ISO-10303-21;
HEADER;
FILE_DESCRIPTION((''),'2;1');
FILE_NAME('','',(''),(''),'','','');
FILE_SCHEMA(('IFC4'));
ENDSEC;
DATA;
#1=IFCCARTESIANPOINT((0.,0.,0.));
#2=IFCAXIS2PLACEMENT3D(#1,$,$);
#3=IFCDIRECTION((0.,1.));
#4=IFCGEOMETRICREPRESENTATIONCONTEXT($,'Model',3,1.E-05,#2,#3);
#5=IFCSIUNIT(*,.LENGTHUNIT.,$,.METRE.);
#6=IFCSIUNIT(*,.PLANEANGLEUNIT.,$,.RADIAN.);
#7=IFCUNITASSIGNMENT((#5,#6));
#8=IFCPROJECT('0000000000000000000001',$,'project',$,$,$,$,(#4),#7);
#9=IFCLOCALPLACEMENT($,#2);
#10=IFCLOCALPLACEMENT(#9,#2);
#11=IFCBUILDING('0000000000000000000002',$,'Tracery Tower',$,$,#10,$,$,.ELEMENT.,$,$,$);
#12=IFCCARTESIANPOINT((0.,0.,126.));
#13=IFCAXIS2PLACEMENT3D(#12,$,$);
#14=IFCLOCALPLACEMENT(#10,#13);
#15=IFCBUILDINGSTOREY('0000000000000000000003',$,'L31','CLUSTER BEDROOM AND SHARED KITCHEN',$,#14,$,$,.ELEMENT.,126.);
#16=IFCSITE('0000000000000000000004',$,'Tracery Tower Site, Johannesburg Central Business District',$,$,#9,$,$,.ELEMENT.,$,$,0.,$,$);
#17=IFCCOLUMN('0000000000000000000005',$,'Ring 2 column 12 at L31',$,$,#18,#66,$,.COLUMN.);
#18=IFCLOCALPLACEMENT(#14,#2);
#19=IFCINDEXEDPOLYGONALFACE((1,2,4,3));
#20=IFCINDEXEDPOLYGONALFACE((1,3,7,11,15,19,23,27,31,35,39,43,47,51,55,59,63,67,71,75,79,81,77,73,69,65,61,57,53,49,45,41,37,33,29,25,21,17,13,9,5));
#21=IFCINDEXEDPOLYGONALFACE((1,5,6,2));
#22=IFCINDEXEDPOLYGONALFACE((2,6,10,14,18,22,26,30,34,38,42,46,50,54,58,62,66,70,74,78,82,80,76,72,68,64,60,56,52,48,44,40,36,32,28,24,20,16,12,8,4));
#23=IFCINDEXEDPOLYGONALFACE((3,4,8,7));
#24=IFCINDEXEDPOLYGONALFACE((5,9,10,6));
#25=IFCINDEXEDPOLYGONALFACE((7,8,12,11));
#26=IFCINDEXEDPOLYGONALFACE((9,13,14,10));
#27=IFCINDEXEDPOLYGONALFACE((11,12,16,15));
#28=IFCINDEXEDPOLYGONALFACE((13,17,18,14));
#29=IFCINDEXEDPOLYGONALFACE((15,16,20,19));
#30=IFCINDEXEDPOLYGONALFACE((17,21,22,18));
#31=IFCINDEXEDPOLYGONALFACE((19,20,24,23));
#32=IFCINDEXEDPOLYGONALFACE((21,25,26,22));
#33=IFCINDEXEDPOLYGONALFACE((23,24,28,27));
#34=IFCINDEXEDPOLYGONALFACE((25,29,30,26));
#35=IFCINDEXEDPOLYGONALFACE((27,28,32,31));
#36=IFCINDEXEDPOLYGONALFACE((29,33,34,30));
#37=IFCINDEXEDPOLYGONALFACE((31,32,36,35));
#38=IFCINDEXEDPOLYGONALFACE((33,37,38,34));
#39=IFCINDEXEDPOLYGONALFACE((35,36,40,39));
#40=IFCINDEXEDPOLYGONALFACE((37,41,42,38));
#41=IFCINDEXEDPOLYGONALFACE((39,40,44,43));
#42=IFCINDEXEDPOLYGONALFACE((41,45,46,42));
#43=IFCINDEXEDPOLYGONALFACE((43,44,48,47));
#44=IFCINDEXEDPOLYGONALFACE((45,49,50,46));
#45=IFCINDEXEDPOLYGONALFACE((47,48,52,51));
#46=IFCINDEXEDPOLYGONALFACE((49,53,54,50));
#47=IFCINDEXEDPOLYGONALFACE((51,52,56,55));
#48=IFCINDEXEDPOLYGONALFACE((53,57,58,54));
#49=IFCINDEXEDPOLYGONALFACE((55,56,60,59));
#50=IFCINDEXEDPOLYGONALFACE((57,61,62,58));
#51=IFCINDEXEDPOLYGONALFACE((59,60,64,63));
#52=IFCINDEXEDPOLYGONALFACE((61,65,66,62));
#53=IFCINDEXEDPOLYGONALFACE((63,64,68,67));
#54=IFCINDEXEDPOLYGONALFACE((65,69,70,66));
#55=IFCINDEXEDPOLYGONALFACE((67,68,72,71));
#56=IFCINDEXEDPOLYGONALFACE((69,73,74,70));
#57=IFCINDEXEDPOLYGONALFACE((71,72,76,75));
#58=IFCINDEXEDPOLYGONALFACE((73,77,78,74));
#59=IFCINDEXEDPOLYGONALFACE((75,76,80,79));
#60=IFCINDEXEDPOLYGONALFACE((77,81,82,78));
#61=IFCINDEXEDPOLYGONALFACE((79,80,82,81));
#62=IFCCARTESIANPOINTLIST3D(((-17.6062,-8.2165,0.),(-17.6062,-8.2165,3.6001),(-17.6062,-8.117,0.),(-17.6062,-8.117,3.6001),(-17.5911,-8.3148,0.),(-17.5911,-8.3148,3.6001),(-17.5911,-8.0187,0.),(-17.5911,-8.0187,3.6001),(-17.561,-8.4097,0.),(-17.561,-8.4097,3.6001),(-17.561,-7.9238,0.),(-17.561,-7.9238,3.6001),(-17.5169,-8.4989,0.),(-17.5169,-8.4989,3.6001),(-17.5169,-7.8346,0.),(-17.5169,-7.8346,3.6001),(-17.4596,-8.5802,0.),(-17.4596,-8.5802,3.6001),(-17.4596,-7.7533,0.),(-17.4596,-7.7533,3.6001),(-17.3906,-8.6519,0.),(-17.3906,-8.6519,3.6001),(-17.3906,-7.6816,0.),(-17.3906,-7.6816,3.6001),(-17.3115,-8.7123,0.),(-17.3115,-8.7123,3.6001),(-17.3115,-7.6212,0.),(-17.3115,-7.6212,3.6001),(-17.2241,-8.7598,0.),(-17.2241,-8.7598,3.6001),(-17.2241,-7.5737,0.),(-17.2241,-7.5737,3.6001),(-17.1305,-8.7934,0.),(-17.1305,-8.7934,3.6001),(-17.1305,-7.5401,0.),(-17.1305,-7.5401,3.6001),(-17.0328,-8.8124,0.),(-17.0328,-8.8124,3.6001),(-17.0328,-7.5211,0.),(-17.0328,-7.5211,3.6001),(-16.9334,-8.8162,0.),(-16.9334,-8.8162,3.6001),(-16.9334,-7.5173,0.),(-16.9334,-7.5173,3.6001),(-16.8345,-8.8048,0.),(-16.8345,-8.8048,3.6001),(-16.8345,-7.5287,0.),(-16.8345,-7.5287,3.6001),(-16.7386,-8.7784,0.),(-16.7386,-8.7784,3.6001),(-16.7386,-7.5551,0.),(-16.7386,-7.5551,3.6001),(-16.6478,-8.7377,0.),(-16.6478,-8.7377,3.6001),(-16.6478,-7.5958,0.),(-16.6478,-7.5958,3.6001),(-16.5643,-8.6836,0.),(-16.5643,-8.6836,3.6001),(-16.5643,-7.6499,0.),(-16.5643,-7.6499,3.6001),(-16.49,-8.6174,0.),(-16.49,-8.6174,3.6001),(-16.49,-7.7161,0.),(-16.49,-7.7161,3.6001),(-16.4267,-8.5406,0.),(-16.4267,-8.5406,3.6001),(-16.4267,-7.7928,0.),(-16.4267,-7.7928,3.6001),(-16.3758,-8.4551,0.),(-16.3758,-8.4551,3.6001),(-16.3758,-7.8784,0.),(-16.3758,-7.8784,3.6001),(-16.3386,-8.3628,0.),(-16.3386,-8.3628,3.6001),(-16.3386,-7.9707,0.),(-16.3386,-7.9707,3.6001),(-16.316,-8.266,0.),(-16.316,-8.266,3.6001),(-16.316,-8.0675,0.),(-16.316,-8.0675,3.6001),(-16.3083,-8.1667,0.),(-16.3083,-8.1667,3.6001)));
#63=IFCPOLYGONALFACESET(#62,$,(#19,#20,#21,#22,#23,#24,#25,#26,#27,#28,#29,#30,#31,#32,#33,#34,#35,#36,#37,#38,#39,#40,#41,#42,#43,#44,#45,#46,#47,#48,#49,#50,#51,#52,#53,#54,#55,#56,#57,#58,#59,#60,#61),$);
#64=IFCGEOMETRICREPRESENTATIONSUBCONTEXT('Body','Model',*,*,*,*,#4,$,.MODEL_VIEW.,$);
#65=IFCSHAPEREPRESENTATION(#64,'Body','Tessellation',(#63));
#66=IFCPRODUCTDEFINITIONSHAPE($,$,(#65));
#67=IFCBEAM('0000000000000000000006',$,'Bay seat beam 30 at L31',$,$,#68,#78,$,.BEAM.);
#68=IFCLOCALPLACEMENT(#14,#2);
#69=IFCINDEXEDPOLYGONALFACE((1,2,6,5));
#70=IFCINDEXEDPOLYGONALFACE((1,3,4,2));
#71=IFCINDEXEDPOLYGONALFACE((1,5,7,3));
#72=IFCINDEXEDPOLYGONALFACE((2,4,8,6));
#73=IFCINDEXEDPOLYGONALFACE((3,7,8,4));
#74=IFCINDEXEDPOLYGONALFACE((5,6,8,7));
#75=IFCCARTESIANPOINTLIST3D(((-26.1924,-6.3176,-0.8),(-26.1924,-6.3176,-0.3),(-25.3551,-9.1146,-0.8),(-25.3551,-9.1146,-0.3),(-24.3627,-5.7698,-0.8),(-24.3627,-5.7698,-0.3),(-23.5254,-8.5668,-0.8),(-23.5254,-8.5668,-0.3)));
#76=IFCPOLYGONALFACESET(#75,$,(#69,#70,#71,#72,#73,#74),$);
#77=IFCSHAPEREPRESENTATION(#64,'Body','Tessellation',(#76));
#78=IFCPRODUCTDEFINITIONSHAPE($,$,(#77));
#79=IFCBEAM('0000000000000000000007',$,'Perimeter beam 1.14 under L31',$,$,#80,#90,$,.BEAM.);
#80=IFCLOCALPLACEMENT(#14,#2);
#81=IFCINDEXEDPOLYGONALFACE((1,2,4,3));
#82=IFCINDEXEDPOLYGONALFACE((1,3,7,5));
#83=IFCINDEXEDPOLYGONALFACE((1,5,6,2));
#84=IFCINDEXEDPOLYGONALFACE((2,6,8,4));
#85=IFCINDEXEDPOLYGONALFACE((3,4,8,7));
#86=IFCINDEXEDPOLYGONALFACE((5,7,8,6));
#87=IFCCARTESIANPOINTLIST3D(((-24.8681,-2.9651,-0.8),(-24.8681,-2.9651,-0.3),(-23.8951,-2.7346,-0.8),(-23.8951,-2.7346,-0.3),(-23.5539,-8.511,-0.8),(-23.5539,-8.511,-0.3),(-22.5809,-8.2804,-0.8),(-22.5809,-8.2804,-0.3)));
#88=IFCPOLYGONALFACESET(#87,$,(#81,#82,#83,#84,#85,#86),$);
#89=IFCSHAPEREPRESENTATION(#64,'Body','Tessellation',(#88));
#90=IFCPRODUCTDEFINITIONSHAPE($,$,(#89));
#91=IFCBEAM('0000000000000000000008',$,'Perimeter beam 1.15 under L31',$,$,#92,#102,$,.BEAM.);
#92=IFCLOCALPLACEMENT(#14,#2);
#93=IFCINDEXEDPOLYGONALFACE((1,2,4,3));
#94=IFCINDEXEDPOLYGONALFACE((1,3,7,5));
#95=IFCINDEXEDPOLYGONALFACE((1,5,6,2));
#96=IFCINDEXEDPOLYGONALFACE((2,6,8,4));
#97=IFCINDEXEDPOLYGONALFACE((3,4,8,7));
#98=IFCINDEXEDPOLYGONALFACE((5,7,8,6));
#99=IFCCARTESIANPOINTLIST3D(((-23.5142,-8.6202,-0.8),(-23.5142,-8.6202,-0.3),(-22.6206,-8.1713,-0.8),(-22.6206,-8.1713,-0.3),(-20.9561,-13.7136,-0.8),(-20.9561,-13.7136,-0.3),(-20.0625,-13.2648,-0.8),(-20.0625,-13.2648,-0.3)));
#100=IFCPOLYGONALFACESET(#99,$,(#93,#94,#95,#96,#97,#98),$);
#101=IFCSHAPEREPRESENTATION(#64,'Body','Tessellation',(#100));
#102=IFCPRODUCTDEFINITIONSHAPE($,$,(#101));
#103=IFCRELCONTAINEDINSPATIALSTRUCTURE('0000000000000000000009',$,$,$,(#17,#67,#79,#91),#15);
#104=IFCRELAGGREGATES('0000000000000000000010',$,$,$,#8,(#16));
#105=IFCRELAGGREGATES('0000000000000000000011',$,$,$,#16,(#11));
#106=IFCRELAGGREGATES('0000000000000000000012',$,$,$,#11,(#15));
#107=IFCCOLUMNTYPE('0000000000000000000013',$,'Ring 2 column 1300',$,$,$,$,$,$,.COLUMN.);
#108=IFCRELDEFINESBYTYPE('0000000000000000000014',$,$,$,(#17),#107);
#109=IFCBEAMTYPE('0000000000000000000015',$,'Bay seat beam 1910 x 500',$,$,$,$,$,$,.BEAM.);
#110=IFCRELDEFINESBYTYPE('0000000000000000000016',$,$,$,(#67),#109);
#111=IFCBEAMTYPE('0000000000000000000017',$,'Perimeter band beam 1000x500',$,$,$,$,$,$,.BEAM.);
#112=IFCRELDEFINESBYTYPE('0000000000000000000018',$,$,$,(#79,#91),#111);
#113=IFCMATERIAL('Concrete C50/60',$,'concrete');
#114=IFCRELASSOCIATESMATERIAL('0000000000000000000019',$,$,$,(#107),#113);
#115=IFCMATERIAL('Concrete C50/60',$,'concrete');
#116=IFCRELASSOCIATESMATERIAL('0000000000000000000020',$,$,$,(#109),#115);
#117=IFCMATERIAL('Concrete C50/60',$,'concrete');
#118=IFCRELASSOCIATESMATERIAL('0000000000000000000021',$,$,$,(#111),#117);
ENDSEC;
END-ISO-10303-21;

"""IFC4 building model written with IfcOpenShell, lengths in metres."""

from ifc_helpers import new_model, si_unit, direction, frame, origin, origin_2d, place, context, subcontext, project, spatial, rectangle, circle, extrude, material, material_profile, profile_set, type_object, element, save


model = new_model("IFC4")

# Units and contexts
model_context = context("Model", 3, precision=1e-05, world=origin(), true_north=direction((0.0, 1.0)))
body_context = subcontext(model_context, "Body", "Model", "MODEL_VIEW")
ifc_project = project(units=[si_unit("LENGTHUNIT", "METRE"), si_unit("PLANEANGLEUNIT", "RADIAN")], contexts=[model_context])

# Site, building, storey
site_placement = place(None, origin())
site = spatial("IfcSite", under=ifc_project, at=site_placement, Name="Tracery Tower Site, Johannesburg Central Business District", CompositionType="ELEMENT", RefElevation=0.0)
building_placement = place(site_placement, origin())
building = spatial("IfcBuilding", under=site, at=building_placement, Name="Tracery Tower", CompositionType="ELEMENT")
storey_placement = place(building_placement, frame((0.0, 0.0, 126.0)))
storey = spatial("IfcBuildingStorey", under=building, at=storey_placement, Name="L31", Description="CLUSTER BEDROOM AND SHARED KITCHEN", CompositionType="ELEMENT", Elevation=126.0)

# Column
ifc_material_1 = material(Name="Concrete C50/60", Category="concrete")
ifc_material_profile_1 = material_profile(ifc_material_1, circle(Radius=0.6499, at=origin_2d()), Name="RC D1300")
ifc_profile_set_1 = profile_set([ifc_material_profile_1], Name="Concrete C50/60")
column_type_1 = type_object("IfcColumnType", Name="Ring 2 column 1300", PredefinedType="COLUMN", material=ifc_profile_set_1)
for number, where, z_axis, x_axis, name in (
    (1, (-16.9583, -8.1667, 0.0), (0.0, 0.0, 1.0), (1.0, 0.0, 0.0), "Ring 2 column 12 at L31"),
):
    element("IfcColumn", number, at=place(storey_placement, frame(where, z_axis=z_axis, x_axis=x_axis)), inside=storey, type_object=column_type_1, Name=name, PredefinedType="COLUMN", context=body_context, shape_type="SweptSolid", body=[
        extrude(circle(Radius=0.6499, at=origin_2d()), origin(), (0.0, 0.0, 1.0), 3.6001),
    ])

# Beams
ifc_material_2 = material(Name="Concrete C50/60", Category="concrete")
ifc_material_profile_2 = material_profile(ifc_material_2, rectangle(XDim=1.9099, YDim=0.5, at=origin_2d()), Name="RC 1910x500")
ifc_profile_set_2 = profile_set([ifc_material_profile_2], Name="Concrete C50/60")
beam_type_1 = type_object("IfcBeamType", Name="Bay seat beam 1910 x 500", PredefinedType="BEAM", material=ifc_profile_set_2)
beam_1_placement = place(storey_placement, frame((-25.2776, -6.0437, -0.55), z_axis=(0.286803, -0.95799, 0.0), x_axis=(0.95799, 0.286803, 0.0)))
element("IfcBeam", 2, at=beam_1_placement, inside=storey, type_object=beam_type_1, Name="Bay seat beam 30 at L31", PredefinedType="BEAM", context=body_context, shape_type="SweptSolid", body=[
    extrude(rectangle(XDim=1.9099, YDim=0.5, at=origin_2d()), origin(), (0.0, 0.0, 1.0), 2.9197),
])
ifc_material_3 = material(Name="Concrete C50/60", Category="concrete")
ifc_material_profile_3 = material_profile(ifc_material_3, rectangle(XDim=1.0, YDim=0.5, at=origin_2d()), Name="RC 1000x500")
ifc_profile_set_3 = profile_set([ifc_material_profile_3], Name="Concrete C50/60")
beam_type_2 = type_object("IfcBeamType", Name="Perimeter band beam 1000x500", PredefinedType="BEAM", material=ifc_profile_set_3)
beam_2_placement = place(storey_placement, frame((-24.3816, -2.8499, -0.55), z_axis=(0.230584, -0.973052, 0.0), x_axis=(0.973052, 0.230584, 0.0)))
element("IfcBeam", 3, at=beam_2_placement, inside=storey, type_object=beam_type_2, Name="Perimeter beam 1.14 under L31", PredefinedType="BEAM", context=body_context, shape_type="SweptSolid", body=[
    extrude(rectangle(XDim=1.0, YDim=0.5, at=origin_2d()), origin(), (0.0, 0.0, 1.0), 5.6995),
])
beam_3_placement = place(storey_placement, frame((-23.0674, -8.3958, -0.55), z_axis=(0.448806, -0.893629, 0.0), x_axis=(0.893629, 0.448806, 0.0)))
element("IfcBeam", 4, at=beam_3_placement, inside=storey, type_object=beam_type_2, Name="Perimeter beam 1.15 under L31", PredefinedType="BEAM", context=body_context, shape_type="SweptSolid", body=[
    extrude(rectangle(XDim=1.0, YDim=0.5, at=origin_2d()), origin(), (0.0, 0.0, 1.0), 5.6997),
])

save(model, "model.ifc")
